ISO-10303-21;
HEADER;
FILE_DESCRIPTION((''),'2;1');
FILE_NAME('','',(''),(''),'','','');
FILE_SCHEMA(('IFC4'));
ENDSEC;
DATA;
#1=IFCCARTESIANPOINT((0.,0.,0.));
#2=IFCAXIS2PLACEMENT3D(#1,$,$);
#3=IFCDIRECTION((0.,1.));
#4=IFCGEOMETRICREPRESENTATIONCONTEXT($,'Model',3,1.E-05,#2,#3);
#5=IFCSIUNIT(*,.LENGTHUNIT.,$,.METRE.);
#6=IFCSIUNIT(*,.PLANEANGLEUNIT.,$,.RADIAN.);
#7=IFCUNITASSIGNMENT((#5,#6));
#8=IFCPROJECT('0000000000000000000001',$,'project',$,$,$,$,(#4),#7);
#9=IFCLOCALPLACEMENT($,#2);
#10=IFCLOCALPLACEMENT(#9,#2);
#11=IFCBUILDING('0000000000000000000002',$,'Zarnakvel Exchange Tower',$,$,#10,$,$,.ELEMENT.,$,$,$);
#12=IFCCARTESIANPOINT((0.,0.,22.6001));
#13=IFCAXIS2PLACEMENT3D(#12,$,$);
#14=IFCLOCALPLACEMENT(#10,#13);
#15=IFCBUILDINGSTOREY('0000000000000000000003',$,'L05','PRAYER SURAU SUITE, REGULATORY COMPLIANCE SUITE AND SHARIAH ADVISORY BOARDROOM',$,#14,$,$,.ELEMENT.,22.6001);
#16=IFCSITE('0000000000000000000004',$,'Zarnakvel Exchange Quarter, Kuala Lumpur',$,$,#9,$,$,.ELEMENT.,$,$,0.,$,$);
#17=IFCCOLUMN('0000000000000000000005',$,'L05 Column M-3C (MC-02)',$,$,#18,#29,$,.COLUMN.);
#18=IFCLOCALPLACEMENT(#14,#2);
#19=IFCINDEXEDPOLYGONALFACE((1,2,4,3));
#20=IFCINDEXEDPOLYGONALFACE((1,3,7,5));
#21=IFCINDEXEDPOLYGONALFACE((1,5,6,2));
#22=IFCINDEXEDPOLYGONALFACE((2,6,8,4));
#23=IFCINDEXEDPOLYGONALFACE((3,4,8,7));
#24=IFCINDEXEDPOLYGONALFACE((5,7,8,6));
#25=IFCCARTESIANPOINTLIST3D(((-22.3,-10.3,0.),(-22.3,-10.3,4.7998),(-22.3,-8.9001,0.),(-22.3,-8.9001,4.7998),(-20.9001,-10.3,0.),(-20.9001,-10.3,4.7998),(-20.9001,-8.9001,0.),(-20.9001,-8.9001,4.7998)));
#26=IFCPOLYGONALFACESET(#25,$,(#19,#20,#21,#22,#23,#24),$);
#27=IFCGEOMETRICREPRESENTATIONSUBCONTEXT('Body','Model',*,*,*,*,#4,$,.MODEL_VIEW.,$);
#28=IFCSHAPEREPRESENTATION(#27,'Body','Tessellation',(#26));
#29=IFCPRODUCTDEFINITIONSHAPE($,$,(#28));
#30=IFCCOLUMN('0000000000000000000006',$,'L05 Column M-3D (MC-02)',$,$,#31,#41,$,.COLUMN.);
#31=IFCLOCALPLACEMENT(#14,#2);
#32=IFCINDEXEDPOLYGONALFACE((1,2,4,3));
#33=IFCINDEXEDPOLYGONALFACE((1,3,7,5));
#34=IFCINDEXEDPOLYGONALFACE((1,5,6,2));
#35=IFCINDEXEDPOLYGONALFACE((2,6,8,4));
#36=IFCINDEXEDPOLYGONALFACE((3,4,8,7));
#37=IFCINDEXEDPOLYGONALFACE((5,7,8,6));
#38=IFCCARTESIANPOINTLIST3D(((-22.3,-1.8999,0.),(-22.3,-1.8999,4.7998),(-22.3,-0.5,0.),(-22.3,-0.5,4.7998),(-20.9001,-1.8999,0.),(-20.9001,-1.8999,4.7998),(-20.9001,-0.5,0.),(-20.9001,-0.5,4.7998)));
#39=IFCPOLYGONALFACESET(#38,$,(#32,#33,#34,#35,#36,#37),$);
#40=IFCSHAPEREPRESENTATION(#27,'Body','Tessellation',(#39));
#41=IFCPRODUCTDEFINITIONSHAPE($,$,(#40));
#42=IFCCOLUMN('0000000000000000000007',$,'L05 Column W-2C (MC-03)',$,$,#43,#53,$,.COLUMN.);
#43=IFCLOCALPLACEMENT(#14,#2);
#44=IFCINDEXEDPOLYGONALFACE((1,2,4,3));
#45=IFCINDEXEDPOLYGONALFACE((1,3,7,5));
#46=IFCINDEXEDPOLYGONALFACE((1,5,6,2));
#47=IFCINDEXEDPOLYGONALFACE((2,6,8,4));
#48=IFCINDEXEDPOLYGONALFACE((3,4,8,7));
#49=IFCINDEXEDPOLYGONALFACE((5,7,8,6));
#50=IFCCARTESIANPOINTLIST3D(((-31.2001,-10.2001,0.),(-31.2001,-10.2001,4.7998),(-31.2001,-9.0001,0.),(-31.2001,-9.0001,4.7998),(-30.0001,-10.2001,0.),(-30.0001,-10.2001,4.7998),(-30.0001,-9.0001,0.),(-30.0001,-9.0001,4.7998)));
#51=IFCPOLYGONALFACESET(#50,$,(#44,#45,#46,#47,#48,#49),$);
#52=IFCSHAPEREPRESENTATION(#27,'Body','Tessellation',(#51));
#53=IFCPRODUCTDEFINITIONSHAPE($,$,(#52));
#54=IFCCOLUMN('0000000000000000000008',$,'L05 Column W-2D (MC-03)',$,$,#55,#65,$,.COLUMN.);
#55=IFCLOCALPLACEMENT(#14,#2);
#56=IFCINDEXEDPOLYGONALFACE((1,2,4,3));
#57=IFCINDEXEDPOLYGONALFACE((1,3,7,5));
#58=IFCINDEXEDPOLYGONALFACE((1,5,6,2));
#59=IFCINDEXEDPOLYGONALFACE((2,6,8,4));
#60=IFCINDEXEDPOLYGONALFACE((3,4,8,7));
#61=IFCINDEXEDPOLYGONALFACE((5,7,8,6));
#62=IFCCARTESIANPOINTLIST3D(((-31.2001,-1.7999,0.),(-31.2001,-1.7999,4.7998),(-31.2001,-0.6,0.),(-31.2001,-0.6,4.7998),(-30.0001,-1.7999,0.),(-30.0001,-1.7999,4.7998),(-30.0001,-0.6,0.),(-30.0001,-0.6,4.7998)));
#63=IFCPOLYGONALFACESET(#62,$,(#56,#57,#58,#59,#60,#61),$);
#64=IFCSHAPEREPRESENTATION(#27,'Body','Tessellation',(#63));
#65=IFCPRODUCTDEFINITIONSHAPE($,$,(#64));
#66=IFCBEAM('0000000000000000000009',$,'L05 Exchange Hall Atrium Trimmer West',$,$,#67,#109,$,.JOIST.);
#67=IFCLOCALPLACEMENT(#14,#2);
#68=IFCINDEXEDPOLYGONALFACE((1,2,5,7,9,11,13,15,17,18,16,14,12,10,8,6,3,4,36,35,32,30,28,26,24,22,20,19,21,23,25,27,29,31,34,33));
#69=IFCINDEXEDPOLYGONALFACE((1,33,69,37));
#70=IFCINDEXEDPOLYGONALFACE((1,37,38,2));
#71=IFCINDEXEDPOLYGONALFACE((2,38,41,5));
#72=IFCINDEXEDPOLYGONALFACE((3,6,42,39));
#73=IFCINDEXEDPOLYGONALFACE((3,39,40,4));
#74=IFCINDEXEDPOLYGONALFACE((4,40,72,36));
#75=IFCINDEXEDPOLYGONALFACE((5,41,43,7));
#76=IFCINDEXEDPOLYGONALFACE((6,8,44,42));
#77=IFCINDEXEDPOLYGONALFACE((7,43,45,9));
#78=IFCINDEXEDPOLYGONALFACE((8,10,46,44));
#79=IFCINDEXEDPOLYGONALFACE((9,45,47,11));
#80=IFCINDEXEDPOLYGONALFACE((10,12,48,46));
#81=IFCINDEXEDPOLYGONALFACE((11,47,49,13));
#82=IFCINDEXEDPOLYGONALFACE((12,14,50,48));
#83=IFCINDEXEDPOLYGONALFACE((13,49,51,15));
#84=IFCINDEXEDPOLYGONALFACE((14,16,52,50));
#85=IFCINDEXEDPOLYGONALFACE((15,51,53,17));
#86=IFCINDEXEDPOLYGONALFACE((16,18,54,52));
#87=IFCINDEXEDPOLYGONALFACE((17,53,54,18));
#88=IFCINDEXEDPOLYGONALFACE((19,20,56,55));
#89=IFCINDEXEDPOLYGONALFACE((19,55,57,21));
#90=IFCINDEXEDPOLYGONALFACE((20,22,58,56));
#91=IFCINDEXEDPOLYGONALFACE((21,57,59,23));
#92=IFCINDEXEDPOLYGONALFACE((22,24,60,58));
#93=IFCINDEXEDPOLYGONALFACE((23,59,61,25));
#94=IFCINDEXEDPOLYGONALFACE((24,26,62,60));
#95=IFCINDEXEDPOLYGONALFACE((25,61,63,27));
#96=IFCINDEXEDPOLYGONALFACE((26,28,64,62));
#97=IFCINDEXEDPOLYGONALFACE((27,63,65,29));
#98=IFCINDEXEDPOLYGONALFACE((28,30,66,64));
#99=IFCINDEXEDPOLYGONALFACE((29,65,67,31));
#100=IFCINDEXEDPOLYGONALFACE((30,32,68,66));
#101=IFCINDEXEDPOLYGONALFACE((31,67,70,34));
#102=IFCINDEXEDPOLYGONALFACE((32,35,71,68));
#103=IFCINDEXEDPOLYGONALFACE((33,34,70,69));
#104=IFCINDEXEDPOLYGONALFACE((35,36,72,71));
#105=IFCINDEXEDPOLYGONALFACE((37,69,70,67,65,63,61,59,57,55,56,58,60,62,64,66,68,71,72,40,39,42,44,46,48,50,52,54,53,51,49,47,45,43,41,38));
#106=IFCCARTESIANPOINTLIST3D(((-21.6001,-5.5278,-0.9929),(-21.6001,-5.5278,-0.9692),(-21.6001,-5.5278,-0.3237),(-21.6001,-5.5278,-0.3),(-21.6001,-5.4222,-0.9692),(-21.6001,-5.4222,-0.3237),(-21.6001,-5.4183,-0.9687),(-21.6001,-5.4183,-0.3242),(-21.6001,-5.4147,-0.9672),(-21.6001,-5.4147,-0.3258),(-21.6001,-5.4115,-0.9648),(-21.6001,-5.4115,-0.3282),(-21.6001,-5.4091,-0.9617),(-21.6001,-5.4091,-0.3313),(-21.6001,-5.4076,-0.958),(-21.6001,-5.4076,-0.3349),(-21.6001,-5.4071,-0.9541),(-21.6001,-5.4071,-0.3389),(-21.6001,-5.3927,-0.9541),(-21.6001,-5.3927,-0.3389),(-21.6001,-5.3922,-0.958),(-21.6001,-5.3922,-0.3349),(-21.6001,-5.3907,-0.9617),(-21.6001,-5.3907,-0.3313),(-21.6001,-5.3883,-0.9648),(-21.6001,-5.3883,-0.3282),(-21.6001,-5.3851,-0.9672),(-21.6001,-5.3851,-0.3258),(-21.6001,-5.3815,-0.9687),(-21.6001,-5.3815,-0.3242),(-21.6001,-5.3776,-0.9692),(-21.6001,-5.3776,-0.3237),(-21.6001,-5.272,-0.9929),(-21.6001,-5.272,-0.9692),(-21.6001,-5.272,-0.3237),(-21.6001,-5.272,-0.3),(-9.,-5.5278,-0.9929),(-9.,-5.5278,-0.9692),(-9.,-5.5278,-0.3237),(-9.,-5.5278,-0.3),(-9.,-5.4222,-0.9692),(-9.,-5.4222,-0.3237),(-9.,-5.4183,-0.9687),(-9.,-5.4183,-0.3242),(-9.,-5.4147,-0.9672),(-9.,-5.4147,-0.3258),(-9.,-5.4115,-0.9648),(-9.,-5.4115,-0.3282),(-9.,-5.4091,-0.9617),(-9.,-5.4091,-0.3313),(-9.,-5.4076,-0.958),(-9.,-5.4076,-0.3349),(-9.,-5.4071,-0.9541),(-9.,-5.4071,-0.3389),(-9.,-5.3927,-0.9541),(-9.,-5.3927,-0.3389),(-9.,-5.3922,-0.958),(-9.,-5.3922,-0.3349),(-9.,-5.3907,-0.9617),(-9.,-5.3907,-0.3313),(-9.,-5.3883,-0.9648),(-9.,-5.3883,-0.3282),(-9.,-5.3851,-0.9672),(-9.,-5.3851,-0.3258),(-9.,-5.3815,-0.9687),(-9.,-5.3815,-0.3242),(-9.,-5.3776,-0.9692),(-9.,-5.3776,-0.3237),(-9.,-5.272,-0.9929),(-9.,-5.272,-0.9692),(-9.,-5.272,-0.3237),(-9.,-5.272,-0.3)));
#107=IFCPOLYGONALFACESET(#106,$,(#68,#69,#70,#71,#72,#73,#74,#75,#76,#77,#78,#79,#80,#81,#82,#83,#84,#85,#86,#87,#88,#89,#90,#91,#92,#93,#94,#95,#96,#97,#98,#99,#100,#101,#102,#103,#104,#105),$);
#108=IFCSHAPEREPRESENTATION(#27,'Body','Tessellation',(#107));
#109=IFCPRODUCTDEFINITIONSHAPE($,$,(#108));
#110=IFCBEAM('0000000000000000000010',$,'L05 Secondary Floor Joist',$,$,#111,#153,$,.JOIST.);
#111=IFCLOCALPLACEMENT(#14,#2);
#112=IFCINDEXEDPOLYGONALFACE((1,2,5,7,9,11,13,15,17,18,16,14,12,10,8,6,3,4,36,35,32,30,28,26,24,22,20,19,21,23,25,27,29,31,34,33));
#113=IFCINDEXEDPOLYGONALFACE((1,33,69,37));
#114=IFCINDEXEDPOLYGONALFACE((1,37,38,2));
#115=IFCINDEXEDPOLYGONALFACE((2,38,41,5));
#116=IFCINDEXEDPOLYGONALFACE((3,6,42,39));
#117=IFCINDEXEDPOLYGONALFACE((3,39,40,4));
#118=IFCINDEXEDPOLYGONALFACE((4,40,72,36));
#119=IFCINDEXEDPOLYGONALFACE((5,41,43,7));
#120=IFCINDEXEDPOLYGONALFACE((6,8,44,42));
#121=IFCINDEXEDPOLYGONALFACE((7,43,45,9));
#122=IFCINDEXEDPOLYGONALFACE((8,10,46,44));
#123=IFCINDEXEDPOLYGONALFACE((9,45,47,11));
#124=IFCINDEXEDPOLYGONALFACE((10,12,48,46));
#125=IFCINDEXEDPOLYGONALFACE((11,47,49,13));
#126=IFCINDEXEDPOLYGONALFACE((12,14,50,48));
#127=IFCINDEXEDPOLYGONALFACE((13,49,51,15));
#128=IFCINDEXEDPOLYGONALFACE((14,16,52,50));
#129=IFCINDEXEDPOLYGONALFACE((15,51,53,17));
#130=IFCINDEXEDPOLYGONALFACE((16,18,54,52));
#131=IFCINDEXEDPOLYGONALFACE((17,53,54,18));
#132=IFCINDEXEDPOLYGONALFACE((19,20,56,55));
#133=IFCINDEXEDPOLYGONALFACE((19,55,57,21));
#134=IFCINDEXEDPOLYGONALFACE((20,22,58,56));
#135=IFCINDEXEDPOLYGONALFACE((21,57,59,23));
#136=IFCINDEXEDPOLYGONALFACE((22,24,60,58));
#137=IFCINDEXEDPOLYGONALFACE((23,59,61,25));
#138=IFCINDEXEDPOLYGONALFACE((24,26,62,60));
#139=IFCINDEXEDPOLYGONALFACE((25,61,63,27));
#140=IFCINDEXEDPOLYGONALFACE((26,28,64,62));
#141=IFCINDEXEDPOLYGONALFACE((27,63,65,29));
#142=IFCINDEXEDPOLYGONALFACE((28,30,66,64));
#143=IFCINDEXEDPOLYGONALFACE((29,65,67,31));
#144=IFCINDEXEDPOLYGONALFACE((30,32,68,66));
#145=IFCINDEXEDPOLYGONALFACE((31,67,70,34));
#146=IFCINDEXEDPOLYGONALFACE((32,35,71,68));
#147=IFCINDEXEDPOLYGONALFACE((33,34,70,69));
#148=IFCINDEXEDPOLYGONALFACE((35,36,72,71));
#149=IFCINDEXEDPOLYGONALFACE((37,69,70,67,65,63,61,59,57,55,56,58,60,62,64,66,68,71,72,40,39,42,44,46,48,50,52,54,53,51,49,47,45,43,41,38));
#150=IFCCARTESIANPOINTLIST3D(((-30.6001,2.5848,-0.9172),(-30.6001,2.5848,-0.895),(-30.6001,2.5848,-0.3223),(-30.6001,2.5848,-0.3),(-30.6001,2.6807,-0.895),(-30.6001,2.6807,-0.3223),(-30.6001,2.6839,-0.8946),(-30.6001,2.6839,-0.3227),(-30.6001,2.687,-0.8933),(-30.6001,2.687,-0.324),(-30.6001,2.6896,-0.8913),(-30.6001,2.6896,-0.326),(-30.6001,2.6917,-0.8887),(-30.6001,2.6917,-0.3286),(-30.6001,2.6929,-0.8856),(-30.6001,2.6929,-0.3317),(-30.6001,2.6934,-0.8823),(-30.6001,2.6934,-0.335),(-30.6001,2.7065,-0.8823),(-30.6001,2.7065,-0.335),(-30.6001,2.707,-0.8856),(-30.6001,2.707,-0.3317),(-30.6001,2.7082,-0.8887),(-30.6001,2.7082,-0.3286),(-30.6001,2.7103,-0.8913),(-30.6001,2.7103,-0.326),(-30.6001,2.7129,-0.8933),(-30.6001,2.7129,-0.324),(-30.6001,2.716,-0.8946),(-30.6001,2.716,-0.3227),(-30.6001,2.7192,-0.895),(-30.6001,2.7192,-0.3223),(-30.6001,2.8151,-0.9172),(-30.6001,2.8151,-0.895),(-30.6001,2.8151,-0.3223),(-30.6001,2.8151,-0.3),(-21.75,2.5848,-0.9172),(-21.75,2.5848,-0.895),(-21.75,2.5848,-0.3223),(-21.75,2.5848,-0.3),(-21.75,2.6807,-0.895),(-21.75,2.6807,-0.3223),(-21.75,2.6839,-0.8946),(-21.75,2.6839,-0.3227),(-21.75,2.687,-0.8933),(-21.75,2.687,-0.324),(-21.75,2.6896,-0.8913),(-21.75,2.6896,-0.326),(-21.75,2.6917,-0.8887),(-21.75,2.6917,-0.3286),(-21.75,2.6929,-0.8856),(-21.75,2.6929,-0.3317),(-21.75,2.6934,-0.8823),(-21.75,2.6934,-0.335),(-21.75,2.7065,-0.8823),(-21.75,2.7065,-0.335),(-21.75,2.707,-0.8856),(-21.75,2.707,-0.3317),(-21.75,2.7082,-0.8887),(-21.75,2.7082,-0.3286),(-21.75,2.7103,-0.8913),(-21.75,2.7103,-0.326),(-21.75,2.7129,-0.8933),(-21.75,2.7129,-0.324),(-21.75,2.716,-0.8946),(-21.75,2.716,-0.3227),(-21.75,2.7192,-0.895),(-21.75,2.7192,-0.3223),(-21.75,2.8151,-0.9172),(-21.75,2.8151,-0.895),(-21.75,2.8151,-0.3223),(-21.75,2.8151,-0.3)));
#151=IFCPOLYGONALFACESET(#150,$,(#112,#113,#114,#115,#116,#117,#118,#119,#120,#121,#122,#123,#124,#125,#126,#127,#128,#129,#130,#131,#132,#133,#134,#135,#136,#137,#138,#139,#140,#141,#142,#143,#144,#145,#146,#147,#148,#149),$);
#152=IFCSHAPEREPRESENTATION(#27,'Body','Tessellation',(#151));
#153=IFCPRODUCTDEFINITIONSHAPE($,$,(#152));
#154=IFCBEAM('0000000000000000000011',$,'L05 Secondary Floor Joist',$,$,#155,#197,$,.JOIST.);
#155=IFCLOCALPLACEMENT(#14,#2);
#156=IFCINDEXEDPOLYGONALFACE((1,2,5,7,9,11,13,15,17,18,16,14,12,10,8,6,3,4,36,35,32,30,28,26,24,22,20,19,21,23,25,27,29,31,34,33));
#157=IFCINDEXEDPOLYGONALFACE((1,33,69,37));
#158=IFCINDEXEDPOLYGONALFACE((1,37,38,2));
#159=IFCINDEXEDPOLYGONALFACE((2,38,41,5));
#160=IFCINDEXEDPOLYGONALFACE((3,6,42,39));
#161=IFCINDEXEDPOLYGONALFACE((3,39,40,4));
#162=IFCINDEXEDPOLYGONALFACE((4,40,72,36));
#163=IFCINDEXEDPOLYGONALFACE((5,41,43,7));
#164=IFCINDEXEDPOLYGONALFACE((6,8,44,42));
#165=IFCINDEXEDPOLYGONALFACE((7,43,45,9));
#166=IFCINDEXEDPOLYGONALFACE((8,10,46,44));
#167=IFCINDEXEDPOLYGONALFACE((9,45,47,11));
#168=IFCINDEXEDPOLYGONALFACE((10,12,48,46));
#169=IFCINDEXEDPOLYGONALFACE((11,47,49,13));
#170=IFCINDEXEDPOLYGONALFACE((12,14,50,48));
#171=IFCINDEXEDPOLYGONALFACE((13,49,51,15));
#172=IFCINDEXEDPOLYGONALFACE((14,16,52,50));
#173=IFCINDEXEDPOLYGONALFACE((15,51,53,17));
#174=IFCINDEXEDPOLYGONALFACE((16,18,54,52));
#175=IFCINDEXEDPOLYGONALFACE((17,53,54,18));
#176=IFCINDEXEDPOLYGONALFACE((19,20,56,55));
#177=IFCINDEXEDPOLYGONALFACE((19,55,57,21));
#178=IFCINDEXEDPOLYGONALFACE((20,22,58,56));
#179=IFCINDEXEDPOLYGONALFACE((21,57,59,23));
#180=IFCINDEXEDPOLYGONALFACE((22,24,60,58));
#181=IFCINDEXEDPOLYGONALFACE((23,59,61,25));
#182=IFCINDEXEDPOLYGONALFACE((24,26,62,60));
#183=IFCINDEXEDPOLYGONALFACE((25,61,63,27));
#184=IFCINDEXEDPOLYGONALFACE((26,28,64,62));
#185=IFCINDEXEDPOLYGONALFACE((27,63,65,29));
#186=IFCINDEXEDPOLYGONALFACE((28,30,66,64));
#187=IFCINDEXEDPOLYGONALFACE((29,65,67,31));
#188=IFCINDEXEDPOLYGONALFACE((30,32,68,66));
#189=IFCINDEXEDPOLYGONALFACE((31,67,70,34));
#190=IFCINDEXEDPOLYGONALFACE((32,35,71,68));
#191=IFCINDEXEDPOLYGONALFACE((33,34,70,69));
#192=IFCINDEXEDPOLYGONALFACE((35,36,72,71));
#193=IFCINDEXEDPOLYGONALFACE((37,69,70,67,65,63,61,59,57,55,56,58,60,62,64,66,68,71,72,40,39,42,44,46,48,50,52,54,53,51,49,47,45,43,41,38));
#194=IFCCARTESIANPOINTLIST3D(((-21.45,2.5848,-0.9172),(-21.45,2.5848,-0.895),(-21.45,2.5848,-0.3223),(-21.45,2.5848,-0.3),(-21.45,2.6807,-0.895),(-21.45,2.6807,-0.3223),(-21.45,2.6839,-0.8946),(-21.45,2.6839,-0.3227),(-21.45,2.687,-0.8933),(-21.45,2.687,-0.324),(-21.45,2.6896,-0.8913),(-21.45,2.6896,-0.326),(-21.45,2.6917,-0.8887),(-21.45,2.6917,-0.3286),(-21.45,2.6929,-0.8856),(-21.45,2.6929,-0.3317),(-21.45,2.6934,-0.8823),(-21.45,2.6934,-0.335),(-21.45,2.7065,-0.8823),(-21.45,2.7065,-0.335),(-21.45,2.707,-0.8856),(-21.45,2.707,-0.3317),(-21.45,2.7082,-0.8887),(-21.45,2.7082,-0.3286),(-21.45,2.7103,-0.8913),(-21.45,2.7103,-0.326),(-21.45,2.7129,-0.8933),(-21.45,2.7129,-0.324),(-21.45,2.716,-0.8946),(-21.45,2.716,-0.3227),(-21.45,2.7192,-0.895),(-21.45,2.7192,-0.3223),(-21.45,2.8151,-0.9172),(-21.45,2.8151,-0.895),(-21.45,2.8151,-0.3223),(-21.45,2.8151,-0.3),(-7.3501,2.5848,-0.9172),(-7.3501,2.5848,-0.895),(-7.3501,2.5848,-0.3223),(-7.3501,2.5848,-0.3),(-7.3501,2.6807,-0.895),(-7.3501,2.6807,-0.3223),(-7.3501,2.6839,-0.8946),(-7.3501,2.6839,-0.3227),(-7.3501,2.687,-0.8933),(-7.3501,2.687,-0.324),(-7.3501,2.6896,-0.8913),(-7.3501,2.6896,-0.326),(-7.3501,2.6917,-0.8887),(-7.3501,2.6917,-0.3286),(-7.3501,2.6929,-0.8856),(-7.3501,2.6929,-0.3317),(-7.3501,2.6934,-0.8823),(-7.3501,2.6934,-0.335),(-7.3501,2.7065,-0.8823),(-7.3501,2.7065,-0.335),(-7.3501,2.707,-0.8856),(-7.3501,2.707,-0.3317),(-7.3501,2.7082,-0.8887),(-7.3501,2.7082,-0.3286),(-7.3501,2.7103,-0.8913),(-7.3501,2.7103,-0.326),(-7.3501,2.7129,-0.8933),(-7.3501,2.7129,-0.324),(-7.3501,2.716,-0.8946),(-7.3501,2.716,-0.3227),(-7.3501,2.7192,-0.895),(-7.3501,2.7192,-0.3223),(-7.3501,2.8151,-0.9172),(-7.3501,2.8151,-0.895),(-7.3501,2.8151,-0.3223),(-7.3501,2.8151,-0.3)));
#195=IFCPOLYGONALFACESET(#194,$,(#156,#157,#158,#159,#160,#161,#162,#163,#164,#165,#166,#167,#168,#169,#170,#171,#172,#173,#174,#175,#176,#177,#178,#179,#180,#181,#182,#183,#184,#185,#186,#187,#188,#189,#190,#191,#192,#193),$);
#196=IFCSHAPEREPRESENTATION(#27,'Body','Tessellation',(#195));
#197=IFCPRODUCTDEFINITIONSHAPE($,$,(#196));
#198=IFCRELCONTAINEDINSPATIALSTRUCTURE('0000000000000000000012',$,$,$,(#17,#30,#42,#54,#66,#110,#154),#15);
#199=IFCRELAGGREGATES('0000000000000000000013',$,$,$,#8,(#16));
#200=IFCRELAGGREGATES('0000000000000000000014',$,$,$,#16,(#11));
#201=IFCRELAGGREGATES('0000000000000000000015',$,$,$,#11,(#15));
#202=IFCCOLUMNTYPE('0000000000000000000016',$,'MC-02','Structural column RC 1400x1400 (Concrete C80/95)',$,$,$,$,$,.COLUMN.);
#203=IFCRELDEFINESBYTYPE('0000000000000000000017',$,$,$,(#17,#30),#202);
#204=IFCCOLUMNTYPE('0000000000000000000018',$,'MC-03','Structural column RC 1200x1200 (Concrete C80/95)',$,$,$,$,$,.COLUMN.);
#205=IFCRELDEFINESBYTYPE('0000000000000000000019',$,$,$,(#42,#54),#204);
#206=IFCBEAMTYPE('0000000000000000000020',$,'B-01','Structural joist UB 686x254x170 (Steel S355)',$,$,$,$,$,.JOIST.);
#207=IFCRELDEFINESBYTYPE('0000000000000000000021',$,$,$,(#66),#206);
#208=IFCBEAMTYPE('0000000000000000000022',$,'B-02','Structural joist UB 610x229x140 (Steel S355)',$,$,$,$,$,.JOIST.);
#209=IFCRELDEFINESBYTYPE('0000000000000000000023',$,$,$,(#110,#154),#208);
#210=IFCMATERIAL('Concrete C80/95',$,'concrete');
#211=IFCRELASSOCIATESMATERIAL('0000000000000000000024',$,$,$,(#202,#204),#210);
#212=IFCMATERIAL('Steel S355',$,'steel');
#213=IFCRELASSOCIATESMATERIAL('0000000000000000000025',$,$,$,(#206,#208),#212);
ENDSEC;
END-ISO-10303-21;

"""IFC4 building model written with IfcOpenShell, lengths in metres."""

from ifc_helpers import new_model, si_unit, direction, frame, origin, origin_2d, place, context, subcontext, project, spatial, rectangle, i_section, extrude, material, material_profile, profile_set, type_object, element, save


model = new_model("IFC4")

# Units and contexts
model_context = context("Model", 3, precision=1e-05, world=origin(), true_north=direction((0.0, 1.0)))
body_context = subcontext(model_context, "Body", "Model", "MODEL_VIEW")
ifc_project = project(units=[si_unit("LENGTHUNIT", "METRE"), si_unit("PLANEANGLEUNIT", "RADIAN")], contexts=[model_context])

# Site, building, storey
site_placement = place(None, origin())
site = spatial("IfcSite", under=ifc_project, at=site_placement, Name="Zarnakvel Exchange Quarter, Kuala Lumpur", CompositionType="ELEMENT", RefElevation=0.0)
building_placement = place(site_placement, origin())
building = spatial("IfcBuilding", under=site, at=building_placement, Name="Zarnakvel Exchange Tower", CompositionType="ELEMENT")
storey_placement = place(building_placement, frame((0.0, 0.0, 22.6001)))
storey = spatial("IfcBuildingStorey", under=building, at=storey_placement, Name="L05", Description="PRAYER SURAU SUITE, REGULATORY COMPLIANCE SUITE AND SHARIAH ADVISORY BOARDROOM", CompositionType="ELEMENT", Elevation=22.6001)

# Columns
ifc_material_1 = material(Name="Concrete C80/95", Category="concrete")
ifc_material_profile_1 = material_profile(ifc_material_1, rectangle(XDim=1.3999, YDim=1.3999, at=origin_2d()))
ifc_profile_set_1 = profile_set([ifc_material_profile_1], Name="Concrete C80/95")
column_type_1 = type_object("IfcColumnType", Name="MC-02", Description="Structural column RC 1400x1400 (Concrete C80/95)", PredefinedType="COLUMN", material=ifc_profile_set_1)
for number, where, z_axis, x_axis, name in (
    (1, (-21.6001, -9.6001, 0.0), (0.0, 0.0, 1.0), (1.0, 0.0, 0.0), "L05 Column M-3C (MC-02)"),
    (2, (-21.6001, -1.2, 0.0), (0.0, 0.0, 1.0), (1.0, 0.0, 0.0), "L05 Column M-3D (MC-02)"),
):
    element("IfcColumn", number, at=place(storey_placement, frame(where, z_axis=z_axis, x_axis=x_axis)), inside=storey, type_object=column_type_1, Name=name, PredefinedType="COLUMN", context=body_context, shape_type="SweptSolid", body=[
        extrude(rectangle(XDim=1.3999, YDim=1.3999, at=origin_2d()), origin(), (0.0, 0.0, 1.0), 4.7998),
    ])
ifc_material_profile_2 = material_profile(ifc_material_1, rectangle(XDim=1.2, YDim=1.2, at=origin_2d()))
ifc_profile_set_2 = profile_set([ifc_material_profile_2], Name="Concrete C80/95")
column_type_2 = type_object("IfcColumnType", Name="MC-03", Description="Structural column RC 1200x1200 (Concrete C80/95)", PredefinedType="COLUMN", material=ifc_profile_set_2)
for number, where, z_axis, x_axis, name in (
    (3, (-30.6001, -9.6001, 0.0), (0.0, 0.0, 1.0), (1.0, 0.0, 0.0), "L05 Column W-2C (MC-03)"),
    (4, (-30.6001, -1.2, 0.0), (0.0, 0.0, 1.0), (1.0, 0.0, 0.0), "L05 Column W-2D (MC-03)"),
):
    element("IfcColumn", number, at=place(storey_placement, frame(where, z_axis=z_axis, x_axis=x_axis)), inside=storey, type_object=column_type_2, Name=name, PredefinedType="COLUMN", context=body_context, shape_type="SweptSolid", body=[
        extrude(rectangle(XDim=1.2, YDim=1.2, at=origin_2d()), origin(), (0.0, 0.0, 1.0), 4.7998),
    ])

# Beams
ifc_material_2 = material(Name="Steel S355", Category="steel")
ifc_material_profile_3 = material_profile(ifc_material_2, i_section(OverallWidth=0.2559, OverallDepth=0.6929, WebThickness=0.0144, FlangeThickness=0.0237, FilletRadius=0.0151, at=origin_2d()))
ifc_profile_set_3 = profile_set([ifc_material_profile_3], Name="Steel S355")
beam_type_1 = type_object("IfcBeamType", Name="B-01", Description="Structural joist UB 686x254x170 (Steel S355)", PredefinedType="JOIST", material=ifc_profile_set_3)
beam_1_placement = place(storey_placement, frame((-21.6001, -5.3999, -0.6465), z_axis=(1.0, 0.0, 0.0), x_axis=(0.0, 1.0, 0.0)))
element("IfcBeam", 5, at=beam_1_placement, inside=storey, type_object=beam_type_1, Name="L05 Exchange Hall Atrium Trimmer West", PredefinedType="JOIST", context=body_context, shape_type="SweptSolid", body=[
    extrude(i_section(OverallWidth=0.2559, OverallDepth=0.6929, WebThickness=0.0144, FlangeThickness=0.0237, FilletRadius=0.0151, at=origin_2d()), origin(), (0.0, 0.0, 1.0), 12.6001),
])
ifc_material_profile_4 = material_profile(ifc_material_2, i_section(OverallWidth=0.2302, OverallDepth=0.6172, WebThickness=0.0132, FlangeThickness=0.0222, FilletRadius=0.0127, at=origin_2d()))
ifc_profile_set_4 = profile_set([ifc_material_profile_4], Name="Steel S355")
beam_type_2 = type_object("IfcBeamType", Name="B-02", Description="Structural joist UB 610x229x140 (Steel S355)", PredefinedType="JOIST", material=ifc_profile_set_4)
beam_2_placement = place(storey_placement, frame((-30.6001, 2.7, -0.6086), z_axis=(1.0, 0.0, 0.0), x_axis=(0.0, 1.0, 0.0)))
element("IfcBeam", 6, at=beam_2_placement, inside=storey, type_object=beam_type_2, Name="L05 Secondary Floor Joist", PredefinedType="JOIST", context=body_context, shape_type="SweptSolid", body=[
    extrude(i_section(OverallWidth=0.2302, OverallDepth=0.6172, WebThickness=0.0132, FlangeThickness=0.0222, FilletRadius=0.0127, at=origin_2d()), origin(), (0.0, 0.0, 1.0), 8.8501),
])
beam_3_placement = place(storey_placement, frame((-21.45, 2.7, -0.6086), z_axis=(1.0, 0.0, 0.0), x_axis=(0.0, 1.0, 0.0)))
element("IfcBeam", 7, at=beam_3_placement, inside=storey, type_object=beam_type_2, Name="L05 Secondary Floor Joist", PredefinedType="JOIST", context=body_context, shape_type="SweptSolid", body=[
    extrude(i_section(OverallWidth=0.2302, OverallDepth=0.6172, WebThickness=0.0132, FlangeThickness=0.0222, FilletRadius=0.0127, at=origin_2d()), origin(), (0.0, 0.0, 1.0), 14.0999),
])

save(model, "model.ifc")
